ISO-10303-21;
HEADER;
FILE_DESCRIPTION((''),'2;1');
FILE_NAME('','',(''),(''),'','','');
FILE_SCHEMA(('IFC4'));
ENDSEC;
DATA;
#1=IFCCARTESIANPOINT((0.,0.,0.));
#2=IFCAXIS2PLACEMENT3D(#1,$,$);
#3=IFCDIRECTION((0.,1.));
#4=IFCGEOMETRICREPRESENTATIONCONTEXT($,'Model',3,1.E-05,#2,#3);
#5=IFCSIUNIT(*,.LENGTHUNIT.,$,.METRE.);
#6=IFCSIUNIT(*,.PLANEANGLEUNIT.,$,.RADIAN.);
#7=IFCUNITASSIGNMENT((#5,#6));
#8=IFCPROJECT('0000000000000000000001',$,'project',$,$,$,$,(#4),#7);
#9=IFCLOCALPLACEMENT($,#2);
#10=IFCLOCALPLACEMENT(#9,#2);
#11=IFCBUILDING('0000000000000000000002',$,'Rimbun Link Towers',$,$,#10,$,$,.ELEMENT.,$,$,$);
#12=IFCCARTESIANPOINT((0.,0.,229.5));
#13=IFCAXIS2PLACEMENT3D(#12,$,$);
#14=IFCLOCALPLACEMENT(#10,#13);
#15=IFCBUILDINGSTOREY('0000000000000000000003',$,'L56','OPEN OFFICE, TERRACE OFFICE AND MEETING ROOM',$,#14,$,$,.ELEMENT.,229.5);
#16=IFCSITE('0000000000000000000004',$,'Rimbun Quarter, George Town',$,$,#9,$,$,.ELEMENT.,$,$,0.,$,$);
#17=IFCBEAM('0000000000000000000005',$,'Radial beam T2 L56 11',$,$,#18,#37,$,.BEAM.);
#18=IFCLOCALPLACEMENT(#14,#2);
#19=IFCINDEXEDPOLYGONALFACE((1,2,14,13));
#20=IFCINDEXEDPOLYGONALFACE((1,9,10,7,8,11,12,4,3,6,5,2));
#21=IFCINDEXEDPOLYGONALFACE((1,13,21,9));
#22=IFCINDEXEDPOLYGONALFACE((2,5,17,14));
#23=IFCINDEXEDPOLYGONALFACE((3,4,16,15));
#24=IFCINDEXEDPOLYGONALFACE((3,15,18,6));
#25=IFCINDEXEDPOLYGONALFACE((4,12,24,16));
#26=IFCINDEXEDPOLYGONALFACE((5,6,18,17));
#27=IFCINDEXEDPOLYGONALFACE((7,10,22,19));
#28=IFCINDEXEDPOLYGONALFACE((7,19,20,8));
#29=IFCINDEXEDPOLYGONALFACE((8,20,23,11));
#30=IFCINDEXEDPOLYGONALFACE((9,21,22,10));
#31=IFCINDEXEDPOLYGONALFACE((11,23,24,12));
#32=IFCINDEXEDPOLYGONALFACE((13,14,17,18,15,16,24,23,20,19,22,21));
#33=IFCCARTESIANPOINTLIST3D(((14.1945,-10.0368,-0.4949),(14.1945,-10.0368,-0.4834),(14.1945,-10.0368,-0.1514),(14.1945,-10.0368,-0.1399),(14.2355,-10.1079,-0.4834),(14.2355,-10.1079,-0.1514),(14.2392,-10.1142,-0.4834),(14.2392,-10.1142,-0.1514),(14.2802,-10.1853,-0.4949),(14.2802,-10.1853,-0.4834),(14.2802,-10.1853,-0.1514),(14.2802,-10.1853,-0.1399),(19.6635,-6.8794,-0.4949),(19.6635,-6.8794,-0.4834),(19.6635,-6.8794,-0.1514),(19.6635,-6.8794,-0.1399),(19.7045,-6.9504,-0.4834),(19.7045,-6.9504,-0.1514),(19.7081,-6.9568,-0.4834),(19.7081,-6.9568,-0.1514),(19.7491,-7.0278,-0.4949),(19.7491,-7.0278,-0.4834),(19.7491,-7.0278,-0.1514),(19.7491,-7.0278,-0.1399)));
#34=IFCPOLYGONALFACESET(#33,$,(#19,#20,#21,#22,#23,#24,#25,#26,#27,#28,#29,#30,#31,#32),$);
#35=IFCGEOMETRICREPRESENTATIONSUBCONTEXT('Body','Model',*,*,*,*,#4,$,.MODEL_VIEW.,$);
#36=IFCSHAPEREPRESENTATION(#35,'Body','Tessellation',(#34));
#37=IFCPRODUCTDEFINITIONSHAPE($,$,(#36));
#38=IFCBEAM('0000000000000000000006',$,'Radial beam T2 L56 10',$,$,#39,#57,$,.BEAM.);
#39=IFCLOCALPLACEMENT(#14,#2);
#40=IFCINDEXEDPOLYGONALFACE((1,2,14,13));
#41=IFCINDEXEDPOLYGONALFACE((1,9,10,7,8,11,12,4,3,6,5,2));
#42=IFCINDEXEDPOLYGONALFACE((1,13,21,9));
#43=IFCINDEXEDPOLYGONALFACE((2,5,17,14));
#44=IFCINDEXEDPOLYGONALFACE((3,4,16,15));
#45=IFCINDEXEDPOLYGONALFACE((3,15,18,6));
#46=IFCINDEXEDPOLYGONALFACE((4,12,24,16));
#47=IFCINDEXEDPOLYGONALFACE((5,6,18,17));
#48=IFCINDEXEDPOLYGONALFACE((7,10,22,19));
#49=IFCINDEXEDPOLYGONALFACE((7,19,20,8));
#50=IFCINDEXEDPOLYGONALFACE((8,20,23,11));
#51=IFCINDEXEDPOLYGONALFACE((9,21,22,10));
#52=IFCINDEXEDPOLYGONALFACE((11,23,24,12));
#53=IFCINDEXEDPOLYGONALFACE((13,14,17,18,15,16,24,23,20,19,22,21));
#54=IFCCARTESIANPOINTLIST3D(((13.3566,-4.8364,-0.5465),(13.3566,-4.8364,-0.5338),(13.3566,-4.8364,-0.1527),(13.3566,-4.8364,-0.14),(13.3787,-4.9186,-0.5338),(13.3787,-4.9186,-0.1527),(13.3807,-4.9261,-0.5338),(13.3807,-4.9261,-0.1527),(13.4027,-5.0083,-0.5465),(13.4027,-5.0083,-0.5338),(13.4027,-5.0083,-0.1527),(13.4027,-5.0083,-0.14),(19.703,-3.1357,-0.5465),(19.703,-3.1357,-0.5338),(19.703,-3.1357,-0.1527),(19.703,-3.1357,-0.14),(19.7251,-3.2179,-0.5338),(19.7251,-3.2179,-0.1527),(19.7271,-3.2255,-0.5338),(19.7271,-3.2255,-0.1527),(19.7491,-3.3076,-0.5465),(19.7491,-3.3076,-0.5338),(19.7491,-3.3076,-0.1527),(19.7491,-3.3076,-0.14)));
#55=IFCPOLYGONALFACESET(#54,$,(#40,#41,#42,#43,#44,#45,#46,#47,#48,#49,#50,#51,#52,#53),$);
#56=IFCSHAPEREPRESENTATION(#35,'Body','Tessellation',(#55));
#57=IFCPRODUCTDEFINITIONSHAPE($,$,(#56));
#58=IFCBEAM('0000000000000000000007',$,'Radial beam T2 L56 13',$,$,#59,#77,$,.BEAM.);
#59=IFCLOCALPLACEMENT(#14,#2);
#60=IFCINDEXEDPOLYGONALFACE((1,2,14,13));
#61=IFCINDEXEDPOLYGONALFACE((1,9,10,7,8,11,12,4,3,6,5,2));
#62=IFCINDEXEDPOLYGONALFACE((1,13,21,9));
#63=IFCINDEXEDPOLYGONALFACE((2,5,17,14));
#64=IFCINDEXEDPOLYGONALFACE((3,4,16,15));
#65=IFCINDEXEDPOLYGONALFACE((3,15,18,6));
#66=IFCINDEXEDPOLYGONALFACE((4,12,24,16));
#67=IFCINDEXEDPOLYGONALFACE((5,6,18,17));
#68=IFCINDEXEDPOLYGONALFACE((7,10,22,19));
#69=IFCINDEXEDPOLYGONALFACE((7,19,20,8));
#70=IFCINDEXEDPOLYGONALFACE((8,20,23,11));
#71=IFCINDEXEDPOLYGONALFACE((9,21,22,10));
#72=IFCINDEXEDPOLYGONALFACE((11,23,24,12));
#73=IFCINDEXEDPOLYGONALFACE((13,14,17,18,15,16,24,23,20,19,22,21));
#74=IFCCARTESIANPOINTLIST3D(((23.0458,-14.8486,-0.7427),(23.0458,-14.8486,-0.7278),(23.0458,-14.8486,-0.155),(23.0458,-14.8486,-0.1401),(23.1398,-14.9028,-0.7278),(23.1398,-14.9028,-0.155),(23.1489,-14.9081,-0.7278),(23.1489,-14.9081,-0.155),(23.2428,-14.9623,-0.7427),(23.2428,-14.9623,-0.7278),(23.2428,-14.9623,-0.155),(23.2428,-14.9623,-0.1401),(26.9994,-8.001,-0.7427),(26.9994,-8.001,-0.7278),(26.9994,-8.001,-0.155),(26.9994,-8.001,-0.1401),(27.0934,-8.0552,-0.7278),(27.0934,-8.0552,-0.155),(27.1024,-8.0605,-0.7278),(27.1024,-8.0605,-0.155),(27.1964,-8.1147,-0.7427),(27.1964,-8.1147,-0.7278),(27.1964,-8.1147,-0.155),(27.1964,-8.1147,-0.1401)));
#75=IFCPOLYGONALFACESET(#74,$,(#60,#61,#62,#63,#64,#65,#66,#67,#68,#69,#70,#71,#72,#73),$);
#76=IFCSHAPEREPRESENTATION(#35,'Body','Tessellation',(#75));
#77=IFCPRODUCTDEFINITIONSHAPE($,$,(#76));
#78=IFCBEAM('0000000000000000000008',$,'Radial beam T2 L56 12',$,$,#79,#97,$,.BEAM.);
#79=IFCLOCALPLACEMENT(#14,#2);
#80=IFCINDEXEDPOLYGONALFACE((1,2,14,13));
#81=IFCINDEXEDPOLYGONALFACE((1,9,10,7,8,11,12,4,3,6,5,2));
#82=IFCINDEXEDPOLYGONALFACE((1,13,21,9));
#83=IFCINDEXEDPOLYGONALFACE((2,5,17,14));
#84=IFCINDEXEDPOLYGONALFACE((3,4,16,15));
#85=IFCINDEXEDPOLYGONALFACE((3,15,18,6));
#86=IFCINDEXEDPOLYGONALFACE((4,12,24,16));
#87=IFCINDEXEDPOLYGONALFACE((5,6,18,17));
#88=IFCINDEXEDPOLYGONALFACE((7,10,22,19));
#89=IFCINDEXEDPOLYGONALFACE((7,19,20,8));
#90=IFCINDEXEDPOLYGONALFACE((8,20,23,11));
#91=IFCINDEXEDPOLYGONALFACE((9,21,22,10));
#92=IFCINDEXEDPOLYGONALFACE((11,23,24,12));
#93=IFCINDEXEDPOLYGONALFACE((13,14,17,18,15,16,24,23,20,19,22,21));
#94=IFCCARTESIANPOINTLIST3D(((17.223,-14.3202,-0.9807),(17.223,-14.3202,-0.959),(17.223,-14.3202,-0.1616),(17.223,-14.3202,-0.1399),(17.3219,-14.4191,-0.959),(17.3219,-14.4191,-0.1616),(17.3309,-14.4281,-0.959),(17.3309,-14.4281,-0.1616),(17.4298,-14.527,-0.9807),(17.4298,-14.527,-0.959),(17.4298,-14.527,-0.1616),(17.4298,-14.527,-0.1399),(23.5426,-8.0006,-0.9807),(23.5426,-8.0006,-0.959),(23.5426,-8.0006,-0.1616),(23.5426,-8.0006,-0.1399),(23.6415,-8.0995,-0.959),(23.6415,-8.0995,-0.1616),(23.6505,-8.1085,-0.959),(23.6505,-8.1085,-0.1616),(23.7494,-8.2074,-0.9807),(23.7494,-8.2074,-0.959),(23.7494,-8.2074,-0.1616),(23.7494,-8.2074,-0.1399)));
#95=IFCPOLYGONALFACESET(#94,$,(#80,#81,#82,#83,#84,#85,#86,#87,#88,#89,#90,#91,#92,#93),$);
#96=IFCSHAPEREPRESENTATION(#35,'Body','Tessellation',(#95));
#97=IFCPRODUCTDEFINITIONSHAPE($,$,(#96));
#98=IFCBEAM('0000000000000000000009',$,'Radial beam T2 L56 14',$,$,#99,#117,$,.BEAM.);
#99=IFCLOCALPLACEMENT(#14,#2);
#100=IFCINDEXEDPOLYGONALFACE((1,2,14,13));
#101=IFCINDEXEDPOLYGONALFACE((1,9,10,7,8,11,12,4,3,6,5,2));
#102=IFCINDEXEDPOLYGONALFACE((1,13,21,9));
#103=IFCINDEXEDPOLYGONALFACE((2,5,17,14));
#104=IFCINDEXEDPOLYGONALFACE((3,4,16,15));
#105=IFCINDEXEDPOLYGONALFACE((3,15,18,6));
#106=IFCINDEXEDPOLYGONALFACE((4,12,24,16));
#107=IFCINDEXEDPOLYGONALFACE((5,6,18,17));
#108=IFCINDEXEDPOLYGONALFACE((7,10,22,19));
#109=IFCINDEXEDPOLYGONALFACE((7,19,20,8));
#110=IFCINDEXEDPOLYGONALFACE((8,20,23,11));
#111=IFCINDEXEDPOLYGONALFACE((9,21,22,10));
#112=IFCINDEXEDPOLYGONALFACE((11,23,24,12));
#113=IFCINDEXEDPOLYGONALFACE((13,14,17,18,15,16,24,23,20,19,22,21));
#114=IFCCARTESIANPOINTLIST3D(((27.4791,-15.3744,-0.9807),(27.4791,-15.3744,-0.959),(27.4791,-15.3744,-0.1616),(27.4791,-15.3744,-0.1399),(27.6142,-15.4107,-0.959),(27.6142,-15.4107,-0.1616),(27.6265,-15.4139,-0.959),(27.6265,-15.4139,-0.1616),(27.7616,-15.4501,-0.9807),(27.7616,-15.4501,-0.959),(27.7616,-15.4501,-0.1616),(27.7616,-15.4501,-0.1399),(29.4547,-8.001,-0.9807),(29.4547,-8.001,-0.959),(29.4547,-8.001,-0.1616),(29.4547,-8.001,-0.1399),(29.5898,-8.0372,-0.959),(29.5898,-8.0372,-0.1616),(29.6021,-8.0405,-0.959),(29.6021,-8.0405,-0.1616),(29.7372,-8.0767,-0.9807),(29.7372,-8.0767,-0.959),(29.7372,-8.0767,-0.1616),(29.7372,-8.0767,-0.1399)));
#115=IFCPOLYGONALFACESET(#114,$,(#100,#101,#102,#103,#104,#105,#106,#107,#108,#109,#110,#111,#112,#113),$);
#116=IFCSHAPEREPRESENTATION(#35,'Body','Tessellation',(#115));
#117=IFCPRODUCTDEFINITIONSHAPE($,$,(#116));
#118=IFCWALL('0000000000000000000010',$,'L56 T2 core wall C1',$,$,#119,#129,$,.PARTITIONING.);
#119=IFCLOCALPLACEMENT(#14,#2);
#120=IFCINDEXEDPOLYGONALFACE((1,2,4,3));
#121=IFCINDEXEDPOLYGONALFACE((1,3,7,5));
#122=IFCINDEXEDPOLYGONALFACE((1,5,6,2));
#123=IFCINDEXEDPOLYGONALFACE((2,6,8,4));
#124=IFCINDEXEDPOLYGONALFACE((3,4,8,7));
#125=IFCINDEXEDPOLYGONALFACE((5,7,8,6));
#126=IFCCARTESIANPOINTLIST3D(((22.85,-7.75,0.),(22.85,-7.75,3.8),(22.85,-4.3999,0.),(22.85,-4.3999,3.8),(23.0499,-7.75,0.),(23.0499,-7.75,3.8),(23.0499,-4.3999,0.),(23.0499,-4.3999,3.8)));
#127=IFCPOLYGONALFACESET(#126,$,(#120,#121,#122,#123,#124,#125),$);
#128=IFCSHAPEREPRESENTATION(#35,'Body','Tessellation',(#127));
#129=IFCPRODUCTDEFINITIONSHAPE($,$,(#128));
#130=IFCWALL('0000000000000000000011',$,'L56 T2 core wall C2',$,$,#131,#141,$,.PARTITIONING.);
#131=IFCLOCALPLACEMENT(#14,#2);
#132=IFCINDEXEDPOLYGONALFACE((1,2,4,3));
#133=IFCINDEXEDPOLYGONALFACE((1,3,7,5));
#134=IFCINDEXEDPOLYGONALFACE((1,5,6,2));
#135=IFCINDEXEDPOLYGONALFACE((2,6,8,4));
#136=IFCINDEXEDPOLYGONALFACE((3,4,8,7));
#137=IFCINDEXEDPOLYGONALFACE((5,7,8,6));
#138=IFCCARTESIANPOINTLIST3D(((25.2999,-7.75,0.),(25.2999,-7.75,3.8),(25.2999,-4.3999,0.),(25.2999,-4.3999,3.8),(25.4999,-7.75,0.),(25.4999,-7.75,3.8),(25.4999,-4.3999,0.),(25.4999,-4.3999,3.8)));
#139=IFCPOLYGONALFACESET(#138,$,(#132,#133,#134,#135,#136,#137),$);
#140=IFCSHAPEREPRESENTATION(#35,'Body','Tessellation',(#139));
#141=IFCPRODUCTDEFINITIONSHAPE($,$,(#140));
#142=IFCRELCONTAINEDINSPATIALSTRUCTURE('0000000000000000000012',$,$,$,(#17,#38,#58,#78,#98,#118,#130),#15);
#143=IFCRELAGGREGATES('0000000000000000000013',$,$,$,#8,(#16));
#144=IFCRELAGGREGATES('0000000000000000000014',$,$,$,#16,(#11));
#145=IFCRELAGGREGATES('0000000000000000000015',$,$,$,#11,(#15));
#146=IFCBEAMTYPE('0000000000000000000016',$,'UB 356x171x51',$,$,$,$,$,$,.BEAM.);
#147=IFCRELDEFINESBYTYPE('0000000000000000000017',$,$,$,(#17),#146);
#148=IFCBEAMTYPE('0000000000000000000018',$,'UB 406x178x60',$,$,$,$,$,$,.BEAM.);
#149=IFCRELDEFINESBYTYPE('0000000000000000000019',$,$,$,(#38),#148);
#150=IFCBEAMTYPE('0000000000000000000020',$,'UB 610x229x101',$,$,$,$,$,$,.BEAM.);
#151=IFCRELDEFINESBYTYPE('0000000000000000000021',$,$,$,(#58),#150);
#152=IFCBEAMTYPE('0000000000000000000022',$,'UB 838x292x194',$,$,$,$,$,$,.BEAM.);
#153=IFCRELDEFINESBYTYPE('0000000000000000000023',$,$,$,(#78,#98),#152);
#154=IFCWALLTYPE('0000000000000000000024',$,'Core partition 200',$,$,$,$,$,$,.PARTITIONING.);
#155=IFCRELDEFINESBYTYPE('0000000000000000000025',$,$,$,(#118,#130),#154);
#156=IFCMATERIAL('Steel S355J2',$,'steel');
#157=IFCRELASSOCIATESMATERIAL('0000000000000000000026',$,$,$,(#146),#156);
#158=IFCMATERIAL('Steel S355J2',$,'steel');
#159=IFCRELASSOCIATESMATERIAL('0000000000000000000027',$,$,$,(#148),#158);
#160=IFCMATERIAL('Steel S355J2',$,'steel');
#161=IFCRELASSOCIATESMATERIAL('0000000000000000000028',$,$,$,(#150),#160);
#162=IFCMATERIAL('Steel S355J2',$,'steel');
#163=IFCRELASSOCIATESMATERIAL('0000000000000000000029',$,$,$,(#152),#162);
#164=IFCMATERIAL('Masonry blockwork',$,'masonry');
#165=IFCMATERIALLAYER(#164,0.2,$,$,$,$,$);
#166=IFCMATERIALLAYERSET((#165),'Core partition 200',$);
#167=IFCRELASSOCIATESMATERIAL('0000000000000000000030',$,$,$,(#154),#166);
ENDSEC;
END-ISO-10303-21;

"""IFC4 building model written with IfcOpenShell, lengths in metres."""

from ifc_helpers import new_model, si_unit, direction, frame, frame_2d, origin, origin_2d, place, context, subcontext, project, spatial, rectangle, i_section, extrude, material, layer, layer_set, material_profile, profile_set, type_object, element, save


model = new_model("IFC4")

# Units and contexts
model_context = context("Model", 3, precision=1e-05, world=origin(), true_north=direction((0.0, 1.0)))
body_context = subcontext(model_context, "Body", "Model", "MODEL_VIEW")
ifc_project = project(units=[si_unit("LENGTHUNIT", "METRE"), si_unit("PLANEANGLEUNIT", "RADIAN")], contexts=[model_context])

# Site, building, storey
site_placement = place(None, origin())
site = spatial("IfcSite", under=ifc_project, at=site_placement, Name="Rimbun Quarter, George Town", CompositionType="ELEMENT", RefElevation=0.0)
building_placement = place(site_placement, origin())
building = spatial("IfcBuilding", under=site, at=building_placement, Name="Rimbun Link Towers", CompositionType="ELEMENT")
storey_placement = place(building_placement, frame((0.0, 0.0, 229.5)))
storey = spatial("IfcBuildingStorey", under=building, at=storey_placement, Name="L56", Description="OPEN OFFICE, TERRACE OFFICE AND MEETING ROOM", CompositionType="ELEMENT", Elevation=229.5)

# Beams
ifc_material_1 = material(Name="Steel S355J2", Category="steel")
ifc_material_profile_1 = material_profile(ifc_material_1, i_section(OverallWidth=0.1714, OverallDepth=0.355, WebThickness=0.0073, FlangeThickness=0.0115, at=origin_2d()), Name="UB 356x171x51")
ifc_profile_set_1 = profile_set([ifc_material_profile_1], Name="Steel S355J2")
beam_type_1 = type_object("IfcBeamType", Name="UB 356x171x51", PredefinedType="BEAM", material=ifc_profile_set_1)
beam_1_placement = place(storey_placement, frame((19.7063, -6.9536, -0.3174), z_axis=(-0.866029, -0.499994, 0.0), x_axis=(0.499994, -0.866029, 0.0)))
element("IfcBeam", 1, at=beam_1_placement, inside=storey, type_object=beam_type_1, Name="Radial beam T2 L56 11", PredefinedType="BEAM", context=body_context, shape_type="SweptSolid", body=[
    extrude(i_section(OverallWidth=0.1714, OverallDepth=0.355, WebThickness=0.0073, FlangeThickness=0.0115, at=origin_2d()), origin(), (0.0, 0.0, 1.0), 6.3149),
])
ifc_material_2 = material(Name="Steel S355J2", Category="steel")
ifc_material_profile_2 = material_profile(ifc_material_2, i_section(OverallWidth=0.178, OverallDepth=0.4065, WebThickness=0.0078, FlangeThickness=0.0127, at=origin_2d()), Name="UB 406x178x60")
ifc_profile_set_2 = profile_set([ifc_material_profile_2], Name="Steel S355J2")
beam_type_2 = type_object("IfcBeamType", Name="UB 406x178x60", PredefinedType="BEAM", material=ifc_profile_set_2)
beam_2_placement = place(storey_placement, frame((19.7261, -3.2217, -0.3433), z_axis=(-0.96592, -0.258842, 0.0), x_axis=(0.258842, -0.96592, 0.0)))
element("IfcBeam", 2, at=beam_2_placement, inside=storey, type_object=beam_type_2, Name="Radial beam T2 L56 10", PredefinedType="BEAM", context=body_context, shape_type="SweptSolid", body=[
    extrude(i_section(OverallWidth=0.178, OverallDepth=0.4065, WebThickness=0.0078, FlangeThickness=0.0127, at=origin_2d()), origin(), (0.0, 0.0, 1.0), 6.5703),
])
ifc_material_3 = material(Name="Steel S355J2", Category="steel")
ifc_material_profile_3 = material_profile(ifc_material_3, i_section(OverallWidth=0.2275, OverallDepth=0.6025, WebThickness=0.0105, FlangeThickness=0.0149, at=origin_2d()), Name="UB 610x229x101")
ifc_profile_set_3 = profile_set([ifc_material_profile_3], Name="Steel S355J2")
beam_type_3 = type_object("IfcBeamType", Name="UB 610x229x101", PredefinedType="BEAM", material=ifc_profile_set_3)
beam_3_placement = place(storey_placement, frame((27.0979, -8.0579, -0.4414), z_axis=(-0.500011, -0.866019, 0.0), x_axis=(0.866019, -0.500011, 0.0)))
element("IfcBeam", 3, at=beam_3_placement, inside=storey, type_object=beam_type_3, Name="Radial beam T2 L56 13", PredefinedType="BEAM", context=body_context, shape_type="SweptSolid", body=[
    extrude(i_section(OverallWidth=0.2275, OverallDepth=0.6025, WebThickness=0.0105, FlangeThickness=0.0149, at=origin_2d()), origin(), (0.0, 0.0, 1.0), 7.907),
])
ifc_material_4 = material(Name="Steel S355J2", Category="steel")
ifc_material_profile_4 = material_profile(ifc_material_4, i_section(OverallWidth=0.2925, OverallDepth=0.8408, WebThickness=0.0127, FlangeThickness=0.0217, at=origin_2d()), Name="UB 838x292x194")
ifc_profile_set_4 = profile_set([ifc_material_profile_4], Name="Steel S355J2")
beam_type_4 = type_object("IfcBeamType", Name="UB 838x292x194", PredefinedType="BEAM", material=ifc_profile_set_4)
beam_4_placement = place(storey_placement, frame((23.646, -8.104, -0.5603), z_axis=(-0.707107, -0.707107, 0.0), x_axis=(0.707107, -0.707107, 0.0)))
element("IfcBeam", 4, at=beam_4_placement, inside=storey, type_object=beam_type_4, Name="Radial beam T2 L56 12", PredefinedType="BEAM", context=body_context, shape_type="SweptSolid", body=[
    extrude(i_section(OverallWidth=0.2925, OverallDepth=0.8408, WebThickness=0.0127, FlangeThickness=0.0217, at=origin_2d()), origin(), (0.0, 0.0, 1.0), 8.9373),
])
beam_5_placement = place(storey_placement, frame((29.5959, -8.0388, -0.5603), z_axis=(-0.258801, -0.965931, 0.0), x_axis=(0.965931, -0.258801, 0.0)))
element("IfcBeam", 5, at=beam_5_placement, inside=storey, type_object=beam_type_4, Name="Radial beam T2 L56 14", PredefinedType="BEAM", context=body_context, shape_type="SweptSolid", body=[
    extrude(i_section(OverallWidth=0.2925, OverallDepth=0.8408, WebThickness=0.0127, FlangeThickness=0.0217, at=origin_2d()), origin(), (0.0, 0.0, 1.0), 7.6335),
])

# Walls
ifc_material_5 = material(Name="Masonry blockwork", Category="masonry")
ifc_layer_1 = layer(ifc_material_5, 0.2)
ifc_layer_set_1 = layer_set([ifc_layer_1], Name="Core partition 200")
wall_type_1 = type_object("IfcWallType", Name="Core partition 200", PredefinedType="PARTITIONING", material=ifc_layer_set_1)
for number, where, z_axis, x_axis, name in (
    (6, (22.95, -4.3999, 0.0), (0.0, 0.0, 1.0), (0.0, -1.0, 0.0), "L56 T2 core wall C1"),
    (7, (25.3999, -4.3999, 0.0), (0.0, 0.0, 1.0), (0.0, -1.0, 0.0), "L56 T2 core wall C2"),
):
    element("IfcWall", number, at=place(storey_placement, frame(where, z_axis=z_axis, x_axis=x_axis)), inside=storey, type_object=wall_type_1, Name=name, PredefinedType="PARTITIONING", context=body_context, shape_type="SweptSolid", body=[
        extrude(rectangle(XDim=3.3501, YDim=0.2, at=frame_2d((1.675, 0.0))), origin(), (0.0, 0.0, 1.0), 3.8),
    ])

save(model, "model.ifc")
